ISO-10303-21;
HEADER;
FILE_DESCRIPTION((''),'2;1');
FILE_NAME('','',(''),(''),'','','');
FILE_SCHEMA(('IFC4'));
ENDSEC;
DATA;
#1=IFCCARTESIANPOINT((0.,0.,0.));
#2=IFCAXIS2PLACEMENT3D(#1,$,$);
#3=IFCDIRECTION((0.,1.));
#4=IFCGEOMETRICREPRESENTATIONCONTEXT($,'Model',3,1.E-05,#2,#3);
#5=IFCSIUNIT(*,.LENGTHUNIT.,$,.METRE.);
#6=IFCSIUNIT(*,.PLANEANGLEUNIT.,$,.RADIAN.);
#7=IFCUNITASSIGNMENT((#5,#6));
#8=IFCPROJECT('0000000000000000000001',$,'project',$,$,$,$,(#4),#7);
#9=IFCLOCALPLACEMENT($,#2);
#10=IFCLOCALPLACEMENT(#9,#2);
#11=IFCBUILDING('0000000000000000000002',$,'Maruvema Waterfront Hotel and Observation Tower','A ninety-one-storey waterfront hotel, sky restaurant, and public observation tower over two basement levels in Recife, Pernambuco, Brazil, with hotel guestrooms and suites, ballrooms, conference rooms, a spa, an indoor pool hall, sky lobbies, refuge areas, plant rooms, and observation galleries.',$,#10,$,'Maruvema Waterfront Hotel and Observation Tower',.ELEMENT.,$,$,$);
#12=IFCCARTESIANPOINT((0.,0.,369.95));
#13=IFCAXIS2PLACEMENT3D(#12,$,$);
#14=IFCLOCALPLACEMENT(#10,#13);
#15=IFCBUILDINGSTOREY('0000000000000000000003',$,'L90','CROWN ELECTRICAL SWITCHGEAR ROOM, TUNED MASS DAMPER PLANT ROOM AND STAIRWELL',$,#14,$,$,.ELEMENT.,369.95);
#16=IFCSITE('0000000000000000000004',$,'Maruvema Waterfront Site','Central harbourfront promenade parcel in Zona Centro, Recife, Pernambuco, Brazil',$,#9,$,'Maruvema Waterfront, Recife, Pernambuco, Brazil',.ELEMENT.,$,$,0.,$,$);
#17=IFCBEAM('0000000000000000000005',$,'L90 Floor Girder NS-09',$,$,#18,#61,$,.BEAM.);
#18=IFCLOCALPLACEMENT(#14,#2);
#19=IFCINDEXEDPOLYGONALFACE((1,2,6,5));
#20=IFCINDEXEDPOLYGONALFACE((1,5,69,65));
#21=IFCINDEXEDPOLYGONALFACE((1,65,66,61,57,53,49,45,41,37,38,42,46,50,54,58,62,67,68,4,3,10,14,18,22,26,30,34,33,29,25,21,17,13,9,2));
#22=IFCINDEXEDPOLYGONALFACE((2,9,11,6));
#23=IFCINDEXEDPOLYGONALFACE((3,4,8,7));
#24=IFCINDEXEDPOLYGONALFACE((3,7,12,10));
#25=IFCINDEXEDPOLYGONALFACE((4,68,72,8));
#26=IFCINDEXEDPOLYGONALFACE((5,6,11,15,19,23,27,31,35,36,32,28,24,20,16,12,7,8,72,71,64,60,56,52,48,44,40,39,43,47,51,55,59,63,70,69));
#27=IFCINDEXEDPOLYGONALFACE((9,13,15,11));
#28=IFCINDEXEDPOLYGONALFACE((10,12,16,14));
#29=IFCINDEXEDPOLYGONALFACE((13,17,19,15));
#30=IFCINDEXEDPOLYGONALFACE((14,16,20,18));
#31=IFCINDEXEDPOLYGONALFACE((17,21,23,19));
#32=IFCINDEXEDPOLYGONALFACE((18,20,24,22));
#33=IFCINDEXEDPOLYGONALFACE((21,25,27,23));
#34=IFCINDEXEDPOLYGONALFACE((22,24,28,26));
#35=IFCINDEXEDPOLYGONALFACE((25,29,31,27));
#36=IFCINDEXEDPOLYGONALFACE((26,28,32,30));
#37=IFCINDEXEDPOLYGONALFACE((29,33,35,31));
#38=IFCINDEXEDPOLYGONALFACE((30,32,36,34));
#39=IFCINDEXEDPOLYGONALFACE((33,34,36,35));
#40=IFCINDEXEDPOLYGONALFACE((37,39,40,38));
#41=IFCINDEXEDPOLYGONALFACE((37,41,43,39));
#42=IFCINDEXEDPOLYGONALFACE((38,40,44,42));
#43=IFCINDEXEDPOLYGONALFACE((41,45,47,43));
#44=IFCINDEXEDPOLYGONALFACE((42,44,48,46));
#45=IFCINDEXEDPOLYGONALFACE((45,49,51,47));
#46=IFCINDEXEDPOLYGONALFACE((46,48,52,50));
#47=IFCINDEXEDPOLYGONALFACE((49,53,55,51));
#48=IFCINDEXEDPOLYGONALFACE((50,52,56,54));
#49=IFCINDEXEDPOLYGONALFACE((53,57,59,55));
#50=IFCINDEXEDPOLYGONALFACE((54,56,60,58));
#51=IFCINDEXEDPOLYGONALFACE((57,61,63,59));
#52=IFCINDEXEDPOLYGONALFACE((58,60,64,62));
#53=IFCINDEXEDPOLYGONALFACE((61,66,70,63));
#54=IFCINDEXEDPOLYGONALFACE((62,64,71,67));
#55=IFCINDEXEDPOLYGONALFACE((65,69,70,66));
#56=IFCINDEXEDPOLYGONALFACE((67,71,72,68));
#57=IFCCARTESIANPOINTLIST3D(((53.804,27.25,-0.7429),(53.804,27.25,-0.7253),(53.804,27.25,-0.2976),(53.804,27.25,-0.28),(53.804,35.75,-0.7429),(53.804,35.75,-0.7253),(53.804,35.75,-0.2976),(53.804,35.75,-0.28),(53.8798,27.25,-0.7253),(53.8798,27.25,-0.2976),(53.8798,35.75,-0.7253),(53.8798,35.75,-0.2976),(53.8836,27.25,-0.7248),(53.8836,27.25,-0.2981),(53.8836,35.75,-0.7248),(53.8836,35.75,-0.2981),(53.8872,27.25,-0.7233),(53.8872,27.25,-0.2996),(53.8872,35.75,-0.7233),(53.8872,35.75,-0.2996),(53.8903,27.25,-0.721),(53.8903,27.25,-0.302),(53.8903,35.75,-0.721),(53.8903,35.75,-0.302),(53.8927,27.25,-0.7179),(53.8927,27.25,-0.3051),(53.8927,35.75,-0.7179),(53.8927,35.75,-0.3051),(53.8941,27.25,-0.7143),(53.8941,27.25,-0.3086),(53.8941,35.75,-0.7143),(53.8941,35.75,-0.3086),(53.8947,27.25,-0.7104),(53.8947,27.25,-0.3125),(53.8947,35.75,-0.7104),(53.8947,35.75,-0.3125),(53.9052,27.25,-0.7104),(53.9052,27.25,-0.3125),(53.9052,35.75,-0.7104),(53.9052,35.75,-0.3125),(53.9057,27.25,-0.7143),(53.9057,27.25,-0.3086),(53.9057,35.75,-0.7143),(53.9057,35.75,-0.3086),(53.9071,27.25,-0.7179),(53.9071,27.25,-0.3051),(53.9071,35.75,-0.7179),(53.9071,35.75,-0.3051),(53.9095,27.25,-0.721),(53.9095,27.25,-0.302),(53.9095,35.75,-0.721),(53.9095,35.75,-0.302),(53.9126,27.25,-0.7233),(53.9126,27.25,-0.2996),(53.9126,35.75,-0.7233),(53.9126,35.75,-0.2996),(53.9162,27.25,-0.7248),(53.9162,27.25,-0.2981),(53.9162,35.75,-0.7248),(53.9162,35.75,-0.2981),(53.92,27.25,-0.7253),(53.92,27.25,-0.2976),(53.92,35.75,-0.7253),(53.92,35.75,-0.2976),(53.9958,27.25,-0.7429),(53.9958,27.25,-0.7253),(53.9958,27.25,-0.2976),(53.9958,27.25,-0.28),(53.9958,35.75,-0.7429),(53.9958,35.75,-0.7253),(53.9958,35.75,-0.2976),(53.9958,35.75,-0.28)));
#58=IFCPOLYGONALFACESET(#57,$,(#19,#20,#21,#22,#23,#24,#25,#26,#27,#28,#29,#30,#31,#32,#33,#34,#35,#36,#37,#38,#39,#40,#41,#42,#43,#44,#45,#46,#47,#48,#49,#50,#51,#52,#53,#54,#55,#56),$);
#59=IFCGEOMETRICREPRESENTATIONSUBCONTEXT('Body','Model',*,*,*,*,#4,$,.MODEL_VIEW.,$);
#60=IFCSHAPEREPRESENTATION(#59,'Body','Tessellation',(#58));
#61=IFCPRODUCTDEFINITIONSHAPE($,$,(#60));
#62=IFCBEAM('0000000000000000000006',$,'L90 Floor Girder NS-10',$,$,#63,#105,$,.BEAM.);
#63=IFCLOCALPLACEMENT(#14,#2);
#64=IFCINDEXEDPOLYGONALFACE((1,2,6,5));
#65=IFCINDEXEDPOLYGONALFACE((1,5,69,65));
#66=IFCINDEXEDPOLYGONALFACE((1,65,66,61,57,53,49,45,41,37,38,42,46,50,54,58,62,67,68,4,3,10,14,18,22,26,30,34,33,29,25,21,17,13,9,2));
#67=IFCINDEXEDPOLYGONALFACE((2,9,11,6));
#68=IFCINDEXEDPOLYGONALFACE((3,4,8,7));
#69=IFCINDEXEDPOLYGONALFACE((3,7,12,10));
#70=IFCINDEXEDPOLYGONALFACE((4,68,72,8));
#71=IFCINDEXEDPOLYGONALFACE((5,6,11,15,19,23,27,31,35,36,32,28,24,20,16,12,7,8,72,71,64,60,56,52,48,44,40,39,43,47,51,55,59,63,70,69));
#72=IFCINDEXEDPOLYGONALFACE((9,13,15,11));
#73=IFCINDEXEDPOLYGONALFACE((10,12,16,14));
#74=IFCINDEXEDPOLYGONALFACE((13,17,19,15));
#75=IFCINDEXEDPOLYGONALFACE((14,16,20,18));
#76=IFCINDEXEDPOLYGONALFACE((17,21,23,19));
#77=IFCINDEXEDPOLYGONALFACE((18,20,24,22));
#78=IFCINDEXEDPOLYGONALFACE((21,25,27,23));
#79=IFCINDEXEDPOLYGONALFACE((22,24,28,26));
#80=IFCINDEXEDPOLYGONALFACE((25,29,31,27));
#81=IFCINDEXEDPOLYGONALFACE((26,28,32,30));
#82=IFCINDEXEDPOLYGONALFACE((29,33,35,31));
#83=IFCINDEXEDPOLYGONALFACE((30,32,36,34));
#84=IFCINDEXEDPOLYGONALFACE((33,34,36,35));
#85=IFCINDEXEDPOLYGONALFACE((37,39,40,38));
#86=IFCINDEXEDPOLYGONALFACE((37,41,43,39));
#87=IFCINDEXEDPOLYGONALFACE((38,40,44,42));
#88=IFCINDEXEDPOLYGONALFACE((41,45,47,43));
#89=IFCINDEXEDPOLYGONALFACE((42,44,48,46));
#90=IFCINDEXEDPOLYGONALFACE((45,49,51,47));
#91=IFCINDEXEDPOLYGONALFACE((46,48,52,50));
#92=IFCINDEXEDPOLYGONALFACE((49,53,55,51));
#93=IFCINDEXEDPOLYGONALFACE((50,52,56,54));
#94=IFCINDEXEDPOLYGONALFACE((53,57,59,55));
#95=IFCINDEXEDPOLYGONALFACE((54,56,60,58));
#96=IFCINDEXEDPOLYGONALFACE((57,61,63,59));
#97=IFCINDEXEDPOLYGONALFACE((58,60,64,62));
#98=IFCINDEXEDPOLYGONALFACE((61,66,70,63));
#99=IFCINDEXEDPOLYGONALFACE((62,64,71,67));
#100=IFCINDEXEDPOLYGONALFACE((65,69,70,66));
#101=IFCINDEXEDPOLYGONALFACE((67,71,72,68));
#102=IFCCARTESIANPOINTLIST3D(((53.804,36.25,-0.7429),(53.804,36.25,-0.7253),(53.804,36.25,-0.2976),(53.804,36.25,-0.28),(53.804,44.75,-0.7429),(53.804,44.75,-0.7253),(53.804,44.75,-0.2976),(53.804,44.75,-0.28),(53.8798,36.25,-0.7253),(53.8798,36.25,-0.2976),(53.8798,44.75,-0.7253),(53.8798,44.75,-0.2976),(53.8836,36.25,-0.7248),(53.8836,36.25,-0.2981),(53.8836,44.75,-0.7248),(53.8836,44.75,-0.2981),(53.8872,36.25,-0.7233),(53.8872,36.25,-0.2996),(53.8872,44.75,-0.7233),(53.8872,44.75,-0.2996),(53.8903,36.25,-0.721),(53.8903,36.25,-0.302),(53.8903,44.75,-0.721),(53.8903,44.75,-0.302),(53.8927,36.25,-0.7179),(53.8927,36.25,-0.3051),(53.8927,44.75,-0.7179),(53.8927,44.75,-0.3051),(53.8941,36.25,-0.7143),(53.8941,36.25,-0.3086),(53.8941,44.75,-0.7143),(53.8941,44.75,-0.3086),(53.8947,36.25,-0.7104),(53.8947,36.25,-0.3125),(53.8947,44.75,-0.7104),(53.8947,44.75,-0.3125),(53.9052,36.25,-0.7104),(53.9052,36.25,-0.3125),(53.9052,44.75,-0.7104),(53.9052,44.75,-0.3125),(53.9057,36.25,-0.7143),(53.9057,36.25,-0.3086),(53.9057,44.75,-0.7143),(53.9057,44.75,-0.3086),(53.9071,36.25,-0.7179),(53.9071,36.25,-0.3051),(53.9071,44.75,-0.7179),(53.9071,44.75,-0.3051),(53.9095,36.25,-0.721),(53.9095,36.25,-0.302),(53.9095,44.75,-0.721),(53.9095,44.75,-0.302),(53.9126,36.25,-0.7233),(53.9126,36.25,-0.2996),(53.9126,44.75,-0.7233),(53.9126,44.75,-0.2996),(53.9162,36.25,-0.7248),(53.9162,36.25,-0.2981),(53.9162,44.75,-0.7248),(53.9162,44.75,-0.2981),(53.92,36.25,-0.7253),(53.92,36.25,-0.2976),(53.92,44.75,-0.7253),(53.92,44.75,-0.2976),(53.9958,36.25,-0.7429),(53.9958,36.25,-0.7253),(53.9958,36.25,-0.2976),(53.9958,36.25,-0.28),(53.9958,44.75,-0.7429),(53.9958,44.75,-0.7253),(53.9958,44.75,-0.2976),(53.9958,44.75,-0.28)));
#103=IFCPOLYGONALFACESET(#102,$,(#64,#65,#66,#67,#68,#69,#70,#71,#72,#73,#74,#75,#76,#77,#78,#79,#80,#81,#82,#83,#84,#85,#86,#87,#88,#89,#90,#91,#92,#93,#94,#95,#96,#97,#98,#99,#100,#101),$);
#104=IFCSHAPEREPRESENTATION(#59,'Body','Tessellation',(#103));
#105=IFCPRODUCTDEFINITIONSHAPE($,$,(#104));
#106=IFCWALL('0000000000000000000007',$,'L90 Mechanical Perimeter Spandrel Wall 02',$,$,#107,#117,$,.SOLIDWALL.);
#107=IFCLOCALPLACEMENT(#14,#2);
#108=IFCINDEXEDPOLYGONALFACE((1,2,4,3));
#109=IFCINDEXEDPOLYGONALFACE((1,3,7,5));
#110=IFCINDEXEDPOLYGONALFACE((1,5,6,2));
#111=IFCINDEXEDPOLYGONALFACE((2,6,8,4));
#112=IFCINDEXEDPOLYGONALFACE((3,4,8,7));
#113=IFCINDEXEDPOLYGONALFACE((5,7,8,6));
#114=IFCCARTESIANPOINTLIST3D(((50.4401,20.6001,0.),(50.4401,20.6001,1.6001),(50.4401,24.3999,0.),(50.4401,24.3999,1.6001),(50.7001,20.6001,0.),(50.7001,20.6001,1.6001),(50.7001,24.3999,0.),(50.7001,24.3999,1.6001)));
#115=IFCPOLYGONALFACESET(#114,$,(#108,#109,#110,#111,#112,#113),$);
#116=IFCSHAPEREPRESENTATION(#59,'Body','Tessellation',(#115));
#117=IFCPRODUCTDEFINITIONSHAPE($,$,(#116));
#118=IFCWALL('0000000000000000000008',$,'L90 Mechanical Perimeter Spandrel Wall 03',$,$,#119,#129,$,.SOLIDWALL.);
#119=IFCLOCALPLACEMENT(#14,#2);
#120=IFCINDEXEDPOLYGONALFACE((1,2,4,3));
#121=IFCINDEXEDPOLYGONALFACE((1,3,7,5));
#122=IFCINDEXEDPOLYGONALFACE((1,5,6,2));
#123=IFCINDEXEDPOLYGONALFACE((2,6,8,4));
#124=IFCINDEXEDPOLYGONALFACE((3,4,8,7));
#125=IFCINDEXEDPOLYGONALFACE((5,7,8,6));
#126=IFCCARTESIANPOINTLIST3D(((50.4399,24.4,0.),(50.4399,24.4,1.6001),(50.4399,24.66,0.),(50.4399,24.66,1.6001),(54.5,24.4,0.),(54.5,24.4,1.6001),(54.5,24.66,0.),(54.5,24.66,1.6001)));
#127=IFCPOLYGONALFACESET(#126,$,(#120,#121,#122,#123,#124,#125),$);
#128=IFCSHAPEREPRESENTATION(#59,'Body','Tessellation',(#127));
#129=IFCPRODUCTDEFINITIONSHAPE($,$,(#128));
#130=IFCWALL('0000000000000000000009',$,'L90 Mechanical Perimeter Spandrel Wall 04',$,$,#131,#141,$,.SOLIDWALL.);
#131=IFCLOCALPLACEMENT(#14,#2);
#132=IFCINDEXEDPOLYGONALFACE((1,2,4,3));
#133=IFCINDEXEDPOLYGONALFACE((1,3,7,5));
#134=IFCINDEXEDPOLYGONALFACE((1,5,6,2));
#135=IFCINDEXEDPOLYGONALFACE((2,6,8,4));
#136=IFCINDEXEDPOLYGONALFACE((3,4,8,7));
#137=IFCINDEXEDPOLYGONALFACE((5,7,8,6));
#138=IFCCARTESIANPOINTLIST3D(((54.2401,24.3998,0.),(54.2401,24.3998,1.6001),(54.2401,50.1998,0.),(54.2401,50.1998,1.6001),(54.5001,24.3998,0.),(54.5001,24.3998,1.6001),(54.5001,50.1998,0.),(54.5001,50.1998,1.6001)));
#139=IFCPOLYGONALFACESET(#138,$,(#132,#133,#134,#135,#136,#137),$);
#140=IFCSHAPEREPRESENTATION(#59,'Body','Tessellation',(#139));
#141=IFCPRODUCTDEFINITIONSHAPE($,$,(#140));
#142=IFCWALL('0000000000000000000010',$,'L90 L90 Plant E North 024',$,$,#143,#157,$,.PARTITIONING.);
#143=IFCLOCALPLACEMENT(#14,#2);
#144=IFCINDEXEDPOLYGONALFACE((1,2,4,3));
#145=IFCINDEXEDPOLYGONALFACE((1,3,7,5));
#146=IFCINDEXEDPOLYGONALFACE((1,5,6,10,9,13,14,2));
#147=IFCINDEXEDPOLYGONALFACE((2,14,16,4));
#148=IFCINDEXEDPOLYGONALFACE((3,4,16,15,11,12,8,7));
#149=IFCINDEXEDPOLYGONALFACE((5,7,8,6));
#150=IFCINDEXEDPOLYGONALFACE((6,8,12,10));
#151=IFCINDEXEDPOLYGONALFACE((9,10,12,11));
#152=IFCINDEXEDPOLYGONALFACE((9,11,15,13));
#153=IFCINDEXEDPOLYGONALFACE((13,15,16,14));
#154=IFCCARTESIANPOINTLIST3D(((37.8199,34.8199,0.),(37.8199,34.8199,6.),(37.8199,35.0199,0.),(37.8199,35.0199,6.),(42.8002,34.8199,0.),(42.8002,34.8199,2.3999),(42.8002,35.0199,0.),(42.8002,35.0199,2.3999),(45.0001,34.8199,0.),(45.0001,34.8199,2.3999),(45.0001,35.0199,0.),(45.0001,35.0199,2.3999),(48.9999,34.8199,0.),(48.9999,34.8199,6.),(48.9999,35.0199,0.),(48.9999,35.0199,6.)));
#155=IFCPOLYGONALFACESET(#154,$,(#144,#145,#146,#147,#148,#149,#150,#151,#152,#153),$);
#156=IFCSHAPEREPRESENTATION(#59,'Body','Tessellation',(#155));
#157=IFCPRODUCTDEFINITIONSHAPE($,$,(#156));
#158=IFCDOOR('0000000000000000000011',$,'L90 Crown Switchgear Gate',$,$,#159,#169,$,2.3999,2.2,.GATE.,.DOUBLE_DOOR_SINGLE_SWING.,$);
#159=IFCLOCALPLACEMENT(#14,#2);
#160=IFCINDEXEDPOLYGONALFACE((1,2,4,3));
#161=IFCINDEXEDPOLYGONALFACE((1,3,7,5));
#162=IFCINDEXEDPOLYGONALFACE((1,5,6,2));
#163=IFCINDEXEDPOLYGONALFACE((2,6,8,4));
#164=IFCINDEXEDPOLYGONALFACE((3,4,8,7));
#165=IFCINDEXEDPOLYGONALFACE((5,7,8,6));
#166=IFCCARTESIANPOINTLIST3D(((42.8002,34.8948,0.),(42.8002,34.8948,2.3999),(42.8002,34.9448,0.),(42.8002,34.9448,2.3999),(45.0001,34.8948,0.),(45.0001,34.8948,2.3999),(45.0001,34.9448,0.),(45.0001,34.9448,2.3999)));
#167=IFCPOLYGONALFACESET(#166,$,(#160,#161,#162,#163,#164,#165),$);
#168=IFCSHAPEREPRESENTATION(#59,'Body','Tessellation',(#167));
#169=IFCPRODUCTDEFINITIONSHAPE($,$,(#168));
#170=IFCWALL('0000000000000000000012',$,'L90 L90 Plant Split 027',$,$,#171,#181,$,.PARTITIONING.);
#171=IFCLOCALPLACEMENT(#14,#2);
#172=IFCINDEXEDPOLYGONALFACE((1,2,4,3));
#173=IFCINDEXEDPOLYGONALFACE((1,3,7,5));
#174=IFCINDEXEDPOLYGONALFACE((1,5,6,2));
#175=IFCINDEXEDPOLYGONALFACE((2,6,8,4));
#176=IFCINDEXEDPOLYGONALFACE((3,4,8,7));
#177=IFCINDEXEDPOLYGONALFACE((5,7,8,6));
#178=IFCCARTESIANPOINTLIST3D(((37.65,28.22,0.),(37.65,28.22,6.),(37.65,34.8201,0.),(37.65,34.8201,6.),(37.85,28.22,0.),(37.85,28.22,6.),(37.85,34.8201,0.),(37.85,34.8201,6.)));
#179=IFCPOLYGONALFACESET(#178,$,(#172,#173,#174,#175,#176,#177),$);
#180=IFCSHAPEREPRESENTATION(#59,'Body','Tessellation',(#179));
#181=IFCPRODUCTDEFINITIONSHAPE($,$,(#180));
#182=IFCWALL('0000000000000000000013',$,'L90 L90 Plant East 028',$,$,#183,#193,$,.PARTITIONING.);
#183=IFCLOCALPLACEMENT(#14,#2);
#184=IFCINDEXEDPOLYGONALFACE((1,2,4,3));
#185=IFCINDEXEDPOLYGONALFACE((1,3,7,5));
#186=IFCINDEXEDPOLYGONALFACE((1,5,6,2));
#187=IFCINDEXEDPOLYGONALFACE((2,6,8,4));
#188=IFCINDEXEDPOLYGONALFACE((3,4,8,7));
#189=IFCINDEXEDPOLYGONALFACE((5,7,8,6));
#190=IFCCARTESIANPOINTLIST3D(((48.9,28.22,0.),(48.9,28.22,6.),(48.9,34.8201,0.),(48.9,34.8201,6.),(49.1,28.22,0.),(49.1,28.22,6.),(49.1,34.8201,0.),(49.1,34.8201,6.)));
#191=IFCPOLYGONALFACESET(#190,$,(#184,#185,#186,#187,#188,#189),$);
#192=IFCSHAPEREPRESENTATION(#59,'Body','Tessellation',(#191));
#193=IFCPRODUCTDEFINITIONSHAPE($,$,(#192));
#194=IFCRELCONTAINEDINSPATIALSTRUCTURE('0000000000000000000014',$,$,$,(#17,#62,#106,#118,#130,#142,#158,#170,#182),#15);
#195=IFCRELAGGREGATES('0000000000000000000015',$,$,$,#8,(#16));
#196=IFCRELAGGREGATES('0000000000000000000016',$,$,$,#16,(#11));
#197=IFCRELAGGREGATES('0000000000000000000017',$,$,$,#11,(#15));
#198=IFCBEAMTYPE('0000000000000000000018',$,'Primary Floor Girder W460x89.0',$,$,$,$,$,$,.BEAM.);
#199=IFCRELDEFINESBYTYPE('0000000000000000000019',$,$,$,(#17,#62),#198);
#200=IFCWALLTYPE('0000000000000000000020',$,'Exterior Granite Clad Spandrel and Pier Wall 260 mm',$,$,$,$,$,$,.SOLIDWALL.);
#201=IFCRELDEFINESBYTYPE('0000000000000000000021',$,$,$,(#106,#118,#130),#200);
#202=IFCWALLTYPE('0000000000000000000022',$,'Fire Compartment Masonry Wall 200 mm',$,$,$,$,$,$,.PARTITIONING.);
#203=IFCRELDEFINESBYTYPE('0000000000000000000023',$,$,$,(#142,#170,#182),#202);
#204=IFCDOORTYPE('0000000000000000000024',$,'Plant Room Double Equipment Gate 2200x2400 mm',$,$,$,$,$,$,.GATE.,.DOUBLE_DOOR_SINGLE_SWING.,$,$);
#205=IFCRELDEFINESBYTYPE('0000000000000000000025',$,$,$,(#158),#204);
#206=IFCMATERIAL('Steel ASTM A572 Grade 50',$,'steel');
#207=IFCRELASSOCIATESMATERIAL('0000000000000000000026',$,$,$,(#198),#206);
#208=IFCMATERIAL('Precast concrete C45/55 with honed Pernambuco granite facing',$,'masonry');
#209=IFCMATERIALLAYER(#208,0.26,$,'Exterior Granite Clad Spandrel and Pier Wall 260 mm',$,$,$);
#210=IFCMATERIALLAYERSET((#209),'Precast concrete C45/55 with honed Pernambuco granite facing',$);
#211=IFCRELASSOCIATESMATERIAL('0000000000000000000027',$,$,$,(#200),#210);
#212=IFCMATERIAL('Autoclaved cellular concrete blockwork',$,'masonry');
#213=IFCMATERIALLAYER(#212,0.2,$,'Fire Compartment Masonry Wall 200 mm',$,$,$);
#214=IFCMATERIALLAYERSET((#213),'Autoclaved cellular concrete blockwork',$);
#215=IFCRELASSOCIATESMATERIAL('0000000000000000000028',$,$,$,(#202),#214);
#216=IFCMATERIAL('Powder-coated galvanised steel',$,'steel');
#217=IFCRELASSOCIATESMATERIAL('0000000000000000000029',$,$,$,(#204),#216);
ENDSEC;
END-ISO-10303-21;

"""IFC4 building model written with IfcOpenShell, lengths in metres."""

from ifc_helpers import new_model, si_unit, direction, frame, frame_2d, origin, origin_2d, place, context, subcontext, project, spatial, rectangle, i_section, extrude, material, layer, layer_set, material_profile, profile_set, type_object, element, fill, save


model = new_model("IFC4")

# Units and contexts
model_context = context("Model", 3, precision=1e-05, world=origin(), true_north=direction((0.0, 1.0)))
body_context = subcontext(model_context, "Body", "Model", "MODEL_VIEW")
ifc_project = project(units=[si_unit("LENGTHUNIT", "METRE"), si_unit("PLANEANGLEUNIT", "RADIAN")], contexts=[model_context])

# Site, building, storey
site_placement = place(None, origin())
site = spatial("IfcSite", under=ifc_project, at=site_placement, Name="Maruvema Waterfront Site", Description="Central harbourfront promenade parcel in Zona Centro, Recife, Pernambuco, Brazil", LongName="Maruvema Waterfront, Recife, Pernambuco, Brazil", CompositionType="ELEMENT", RefElevation=0.0)
building_placement = place(site_placement, origin())
building = spatial("IfcBuilding", under=site, at=building_placement, Name="Maruvema Waterfront Hotel and Observation Tower", Description="A ninety-one-storey waterfront hotel, sky restaurant, and public observation tower over two basement levels in Recife, Pernambuco, Brazil, with hotel guestrooms and suites, ballrooms, conference rooms, a spa, an indoor pool hall, sky lobbies, refuge areas, plant rooms, and observation galleries.", LongName="Maruvema Waterfront Hotel and Observation Tower", CompositionType="ELEMENT")
storey_placement = place(building_placement, frame((0.0, 0.0, 369.95)))
storey = spatial("IfcBuildingStorey", under=building, at=storey_placement, Name="L90", Description="CROWN ELECTRICAL SWITCHGEAR ROOM, TUNED MASS DAMPER PLANT ROOM AND STAIRWELL", CompositionType="ELEMENT", Elevation=369.95)

# Beams
ifc_material_1 = material(Name="Steel ASTM A572 Grade 50", Category="steel")
ifc_material_profile_1 = material_profile(ifc_material_1, i_section(OverallWidth=0.1919, OverallDepth=0.4629, WebThickness=0.0105, FlangeThickness=0.0176, FilletRadius=0.0149, at=origin_2d()), Name="W460x89.0")
ifc_profile_set_1 = profile_set([ifc_material_profile_1], Name="Steel ASTM A572 Grade 50")
beam_type = type_object("IfcBeamType", Name="Primary Floor Girder W460x89.0", PredefinedType="BEAM", material=ifc_profile_set_1)
for number, where, z_axis, x_axis, name in (
    (1, (53.8999, 27.25, -0.5115), (0.0, 1.0, 0.0), (-1.0, 0.0, 0.0), "L90 Floor Girder NS-09"),
    (2, (53.8999, 36.25, -0.5115), (0.0, 1.0, 0.0), (-1.0, 0.0, 0.0), "L90 Floor Girder NS-10"),
):
    element("IfcBeam", number, at=place(storey_placement, frame(where, z_axis=z_axis, x_axis=x_axis)), inside=storey, type_object=beam_type, Name=name, PredefinedType="BEAM", context=body_context, shape_type="SweptSolid", body=[
        extrude(i_section(OverallWidth=0.1919, OverallDepth=0.4629, WebThickness=0.0105, FlangeThickness=0.0176, FilletRadius=0.0149, at=origin_2d()), origin(), (0.0, 0.0, 1.0), 8.5),
    ])

# Walls
ifc_material_2 = material(Name="Precast concrete C45/55 with honed Pernambuco granite facing", Category="masonry")
ifc_layer_1 = layer(ifc_material_2, 0.26, Name="Exterior Granite Clad Spandrel and Pier Wall 260 mm")
ifc_layer_set_1 = layer_set([ifc_layer_1], Name="Precast concrete C45/55 with honed Pernambuco granite facing")
wall_type_1 = type_object("IfcWallType", Name="Exterior Granite Clad Spandrel and Pier Wall 260 mm", PredefinedType="SOLIDWALL", material=ifc_layer_set_1)
wall_1_placement = place(storey_placement, frame((50.5701, 20.6001, 0.0), z_axis=(0.0, 0.0, 1.0), x_axis=(0.0, 1.0, 0.0)))
element("IfcWall", 3, at=wall_1_placement, inside=storey, type_object=wall_type_1, Name="L90 Mechanical Perimeter Spandrel Wall 02", PredefinedType="SOLIDWALL", context=body_context, shape_type="SweptSolid", body=[
    extrude(rectangle(XDim=3.7998, YDim=0.26, at=frame_2d((1.8999, 0.0))), origin(), (0.0, 0.0, 1.0), 1.6001),
])
wall_2_placement = place(storey_placement, frame((50.4399, 24.53, 0.0), z_axis=(0.0, 0.0, 1.0), x_axis=(1.0, 0.0, 0.0)))
element("IfcWall", 4, at=wall_2_placement, inside=storey, type_object=wall_type_1, Name="L90 Mechanical Perimeter Spandrel Wall 03", PredefinedType="SOLIDWALL", context=body_context, shape_type="SweptSolid", body=[
    extrude(rectangle(XDim=4.0601, YDim=0.26, at=frame_2d((2.03, 0.0))), origin(), (0.0, 0.0, 1.0), 1.6001),
])
wall_3_placement = place(storey_placement, frame((54.3701, 24.3999, 0.0), z_axis=(0.0, 0.0, 1.0), x_axis=(0.0, 1.0, 0.0)))
element("IfcWall", 5, at=wall_3_placement, inside=storey, type_object=wall_type_1, Name="L90 Mechanical Perimeter Spandrel Wall 04", PredefinedType="SOLIDWALL", context=body_context, shape_type="SweptSolid", body=[
    extrude(rectangle(XDim=25.8, YDim=0.26, at=frame_2d((12.8999, 0.0))), origin(), (0.0, 0.0, 1.0), 1.6001),
])

# Wall, opening, door
ifc_material_3 = material(Name="Autoclaved cellular concrete blockwork", Category="masonry")
ifc_layer_2 = layer(ifc_material_3, 0.2, Name="Fire Compartment Masonry Wall 200 mm")
ifc_layer_set_2 = layer_set([ifc_layer_2], Name="Autoclaved cellular concrete blockwork")
wall_type_2 = type_object("IfcWallType", Name="Fire Compartment Masonry Wall 200 mm", PredefinedType="PARTITIONING", material=ifc_layer_set_2)
wall_4_placement = place(storey_placement, frame((37.8201, 34.9199, 0.0), z_axis=(0.0, 0.0, 1.0), x_axis=(1.0, 0.0, 0.0)))
wall_4 = element("IfcWall", 6, at=wall_4_placement, inside=storey, type_object=wall_type_2, Name="L90 L90 Plant E North 024", PredefinedType="PARTITIONING", context=body_context, shape_type="SweptSolid", body=[
    extrude(rectangle(XDim=11.1799, YDim=0.2, at=frame_2d((5.5898, 0.0))), origin(), (0.0, 0.0, 1.0), 6.0),
])
opening_placement = place(wall_4_placement, frame((4.98, 0.0, 0.0)))
opening = element("IfcOpeningElement", 7, at=opening_placement, cuts=wall_4, PredefinedType="OPENING", context=body_context, shape_type="SweptSolid", body=[
    extrude(rectangle(XDim=2.2, YDim=2.3999, at=frame_2d((1.1001, 1.2))), frame((0.0, 0.1099, 0.0), z_axis=(0.0, -1.0, 0.0), x_axis=(1.0, 0.0, 0.0)), (0.0, 0.0, 1.0), 0.22),
])
ifc_material_4 = material(Name="Powder-coated galvanised steel", Category="steel")
door_type = type_object("IfcDoorType", Name="Plant Room Double Equipment Gate 2200x2400 mm", OperationType="DOUBLE_DOOR_SINGLE_SWING", PredefinedType="GATE", material=ifc_material_4)
door_placement = place(opening_placement, origin())
door = element("IfcDoor", 8, at=door_placement, inside=storey, type_object=door_type, Name="L90 Crown Switchgear Gate", OperationType="DOUBLE_DOOR_SINGLE_SWING", OverallHeight=2.3999, OverallWidth=2.2, PredefinedType="GATE", context=body_context, shape_type="SweptSolid", body=[
    extrude(rectangle(XDim=2.2, YDim=2.3999, at=frame_2d((1.1001, 1.2))), frame((0.0, 0.0249, 0.0), z_axis=(0.0, -1.0, 0.0), x_axis=(1.0, 0.0, 0.0)), (0.0, 0.0, 1.0), 0.05),
])
fill(opening, door)

# Walls
for number, where, z_axis, x_axis, name in (
    (9, (37.75, 28.22, 0.0), (0.0, 0.0, 1.0), (0.0, 1.0, 0.0), "L90 L90 Plant Split 027"),
    (10, (49.0, 28.22, 0.0), (0.0, 0.0, 1.0), (0.0, 1.0, 0.0), "L90 L90 Plant East 028"),
):
    element("IfcWall", number, at=place(storey_placement, frame(where, z_axis=z_axis, x_axis=x_axis)), inside=storey, type_object=wall_type_2, Name=name, PredefinedType="PARTITIONING", context=body_context, shape_type="SweptSolid", body=[
        extrude(rectangle(XDim=6.6001, YDim=0.2, at=frame_2d((3.3, 0.0))), origin(), (0.0, 0.0, 1.0), 6.0),
    ])

save(model, "model.ifc")
